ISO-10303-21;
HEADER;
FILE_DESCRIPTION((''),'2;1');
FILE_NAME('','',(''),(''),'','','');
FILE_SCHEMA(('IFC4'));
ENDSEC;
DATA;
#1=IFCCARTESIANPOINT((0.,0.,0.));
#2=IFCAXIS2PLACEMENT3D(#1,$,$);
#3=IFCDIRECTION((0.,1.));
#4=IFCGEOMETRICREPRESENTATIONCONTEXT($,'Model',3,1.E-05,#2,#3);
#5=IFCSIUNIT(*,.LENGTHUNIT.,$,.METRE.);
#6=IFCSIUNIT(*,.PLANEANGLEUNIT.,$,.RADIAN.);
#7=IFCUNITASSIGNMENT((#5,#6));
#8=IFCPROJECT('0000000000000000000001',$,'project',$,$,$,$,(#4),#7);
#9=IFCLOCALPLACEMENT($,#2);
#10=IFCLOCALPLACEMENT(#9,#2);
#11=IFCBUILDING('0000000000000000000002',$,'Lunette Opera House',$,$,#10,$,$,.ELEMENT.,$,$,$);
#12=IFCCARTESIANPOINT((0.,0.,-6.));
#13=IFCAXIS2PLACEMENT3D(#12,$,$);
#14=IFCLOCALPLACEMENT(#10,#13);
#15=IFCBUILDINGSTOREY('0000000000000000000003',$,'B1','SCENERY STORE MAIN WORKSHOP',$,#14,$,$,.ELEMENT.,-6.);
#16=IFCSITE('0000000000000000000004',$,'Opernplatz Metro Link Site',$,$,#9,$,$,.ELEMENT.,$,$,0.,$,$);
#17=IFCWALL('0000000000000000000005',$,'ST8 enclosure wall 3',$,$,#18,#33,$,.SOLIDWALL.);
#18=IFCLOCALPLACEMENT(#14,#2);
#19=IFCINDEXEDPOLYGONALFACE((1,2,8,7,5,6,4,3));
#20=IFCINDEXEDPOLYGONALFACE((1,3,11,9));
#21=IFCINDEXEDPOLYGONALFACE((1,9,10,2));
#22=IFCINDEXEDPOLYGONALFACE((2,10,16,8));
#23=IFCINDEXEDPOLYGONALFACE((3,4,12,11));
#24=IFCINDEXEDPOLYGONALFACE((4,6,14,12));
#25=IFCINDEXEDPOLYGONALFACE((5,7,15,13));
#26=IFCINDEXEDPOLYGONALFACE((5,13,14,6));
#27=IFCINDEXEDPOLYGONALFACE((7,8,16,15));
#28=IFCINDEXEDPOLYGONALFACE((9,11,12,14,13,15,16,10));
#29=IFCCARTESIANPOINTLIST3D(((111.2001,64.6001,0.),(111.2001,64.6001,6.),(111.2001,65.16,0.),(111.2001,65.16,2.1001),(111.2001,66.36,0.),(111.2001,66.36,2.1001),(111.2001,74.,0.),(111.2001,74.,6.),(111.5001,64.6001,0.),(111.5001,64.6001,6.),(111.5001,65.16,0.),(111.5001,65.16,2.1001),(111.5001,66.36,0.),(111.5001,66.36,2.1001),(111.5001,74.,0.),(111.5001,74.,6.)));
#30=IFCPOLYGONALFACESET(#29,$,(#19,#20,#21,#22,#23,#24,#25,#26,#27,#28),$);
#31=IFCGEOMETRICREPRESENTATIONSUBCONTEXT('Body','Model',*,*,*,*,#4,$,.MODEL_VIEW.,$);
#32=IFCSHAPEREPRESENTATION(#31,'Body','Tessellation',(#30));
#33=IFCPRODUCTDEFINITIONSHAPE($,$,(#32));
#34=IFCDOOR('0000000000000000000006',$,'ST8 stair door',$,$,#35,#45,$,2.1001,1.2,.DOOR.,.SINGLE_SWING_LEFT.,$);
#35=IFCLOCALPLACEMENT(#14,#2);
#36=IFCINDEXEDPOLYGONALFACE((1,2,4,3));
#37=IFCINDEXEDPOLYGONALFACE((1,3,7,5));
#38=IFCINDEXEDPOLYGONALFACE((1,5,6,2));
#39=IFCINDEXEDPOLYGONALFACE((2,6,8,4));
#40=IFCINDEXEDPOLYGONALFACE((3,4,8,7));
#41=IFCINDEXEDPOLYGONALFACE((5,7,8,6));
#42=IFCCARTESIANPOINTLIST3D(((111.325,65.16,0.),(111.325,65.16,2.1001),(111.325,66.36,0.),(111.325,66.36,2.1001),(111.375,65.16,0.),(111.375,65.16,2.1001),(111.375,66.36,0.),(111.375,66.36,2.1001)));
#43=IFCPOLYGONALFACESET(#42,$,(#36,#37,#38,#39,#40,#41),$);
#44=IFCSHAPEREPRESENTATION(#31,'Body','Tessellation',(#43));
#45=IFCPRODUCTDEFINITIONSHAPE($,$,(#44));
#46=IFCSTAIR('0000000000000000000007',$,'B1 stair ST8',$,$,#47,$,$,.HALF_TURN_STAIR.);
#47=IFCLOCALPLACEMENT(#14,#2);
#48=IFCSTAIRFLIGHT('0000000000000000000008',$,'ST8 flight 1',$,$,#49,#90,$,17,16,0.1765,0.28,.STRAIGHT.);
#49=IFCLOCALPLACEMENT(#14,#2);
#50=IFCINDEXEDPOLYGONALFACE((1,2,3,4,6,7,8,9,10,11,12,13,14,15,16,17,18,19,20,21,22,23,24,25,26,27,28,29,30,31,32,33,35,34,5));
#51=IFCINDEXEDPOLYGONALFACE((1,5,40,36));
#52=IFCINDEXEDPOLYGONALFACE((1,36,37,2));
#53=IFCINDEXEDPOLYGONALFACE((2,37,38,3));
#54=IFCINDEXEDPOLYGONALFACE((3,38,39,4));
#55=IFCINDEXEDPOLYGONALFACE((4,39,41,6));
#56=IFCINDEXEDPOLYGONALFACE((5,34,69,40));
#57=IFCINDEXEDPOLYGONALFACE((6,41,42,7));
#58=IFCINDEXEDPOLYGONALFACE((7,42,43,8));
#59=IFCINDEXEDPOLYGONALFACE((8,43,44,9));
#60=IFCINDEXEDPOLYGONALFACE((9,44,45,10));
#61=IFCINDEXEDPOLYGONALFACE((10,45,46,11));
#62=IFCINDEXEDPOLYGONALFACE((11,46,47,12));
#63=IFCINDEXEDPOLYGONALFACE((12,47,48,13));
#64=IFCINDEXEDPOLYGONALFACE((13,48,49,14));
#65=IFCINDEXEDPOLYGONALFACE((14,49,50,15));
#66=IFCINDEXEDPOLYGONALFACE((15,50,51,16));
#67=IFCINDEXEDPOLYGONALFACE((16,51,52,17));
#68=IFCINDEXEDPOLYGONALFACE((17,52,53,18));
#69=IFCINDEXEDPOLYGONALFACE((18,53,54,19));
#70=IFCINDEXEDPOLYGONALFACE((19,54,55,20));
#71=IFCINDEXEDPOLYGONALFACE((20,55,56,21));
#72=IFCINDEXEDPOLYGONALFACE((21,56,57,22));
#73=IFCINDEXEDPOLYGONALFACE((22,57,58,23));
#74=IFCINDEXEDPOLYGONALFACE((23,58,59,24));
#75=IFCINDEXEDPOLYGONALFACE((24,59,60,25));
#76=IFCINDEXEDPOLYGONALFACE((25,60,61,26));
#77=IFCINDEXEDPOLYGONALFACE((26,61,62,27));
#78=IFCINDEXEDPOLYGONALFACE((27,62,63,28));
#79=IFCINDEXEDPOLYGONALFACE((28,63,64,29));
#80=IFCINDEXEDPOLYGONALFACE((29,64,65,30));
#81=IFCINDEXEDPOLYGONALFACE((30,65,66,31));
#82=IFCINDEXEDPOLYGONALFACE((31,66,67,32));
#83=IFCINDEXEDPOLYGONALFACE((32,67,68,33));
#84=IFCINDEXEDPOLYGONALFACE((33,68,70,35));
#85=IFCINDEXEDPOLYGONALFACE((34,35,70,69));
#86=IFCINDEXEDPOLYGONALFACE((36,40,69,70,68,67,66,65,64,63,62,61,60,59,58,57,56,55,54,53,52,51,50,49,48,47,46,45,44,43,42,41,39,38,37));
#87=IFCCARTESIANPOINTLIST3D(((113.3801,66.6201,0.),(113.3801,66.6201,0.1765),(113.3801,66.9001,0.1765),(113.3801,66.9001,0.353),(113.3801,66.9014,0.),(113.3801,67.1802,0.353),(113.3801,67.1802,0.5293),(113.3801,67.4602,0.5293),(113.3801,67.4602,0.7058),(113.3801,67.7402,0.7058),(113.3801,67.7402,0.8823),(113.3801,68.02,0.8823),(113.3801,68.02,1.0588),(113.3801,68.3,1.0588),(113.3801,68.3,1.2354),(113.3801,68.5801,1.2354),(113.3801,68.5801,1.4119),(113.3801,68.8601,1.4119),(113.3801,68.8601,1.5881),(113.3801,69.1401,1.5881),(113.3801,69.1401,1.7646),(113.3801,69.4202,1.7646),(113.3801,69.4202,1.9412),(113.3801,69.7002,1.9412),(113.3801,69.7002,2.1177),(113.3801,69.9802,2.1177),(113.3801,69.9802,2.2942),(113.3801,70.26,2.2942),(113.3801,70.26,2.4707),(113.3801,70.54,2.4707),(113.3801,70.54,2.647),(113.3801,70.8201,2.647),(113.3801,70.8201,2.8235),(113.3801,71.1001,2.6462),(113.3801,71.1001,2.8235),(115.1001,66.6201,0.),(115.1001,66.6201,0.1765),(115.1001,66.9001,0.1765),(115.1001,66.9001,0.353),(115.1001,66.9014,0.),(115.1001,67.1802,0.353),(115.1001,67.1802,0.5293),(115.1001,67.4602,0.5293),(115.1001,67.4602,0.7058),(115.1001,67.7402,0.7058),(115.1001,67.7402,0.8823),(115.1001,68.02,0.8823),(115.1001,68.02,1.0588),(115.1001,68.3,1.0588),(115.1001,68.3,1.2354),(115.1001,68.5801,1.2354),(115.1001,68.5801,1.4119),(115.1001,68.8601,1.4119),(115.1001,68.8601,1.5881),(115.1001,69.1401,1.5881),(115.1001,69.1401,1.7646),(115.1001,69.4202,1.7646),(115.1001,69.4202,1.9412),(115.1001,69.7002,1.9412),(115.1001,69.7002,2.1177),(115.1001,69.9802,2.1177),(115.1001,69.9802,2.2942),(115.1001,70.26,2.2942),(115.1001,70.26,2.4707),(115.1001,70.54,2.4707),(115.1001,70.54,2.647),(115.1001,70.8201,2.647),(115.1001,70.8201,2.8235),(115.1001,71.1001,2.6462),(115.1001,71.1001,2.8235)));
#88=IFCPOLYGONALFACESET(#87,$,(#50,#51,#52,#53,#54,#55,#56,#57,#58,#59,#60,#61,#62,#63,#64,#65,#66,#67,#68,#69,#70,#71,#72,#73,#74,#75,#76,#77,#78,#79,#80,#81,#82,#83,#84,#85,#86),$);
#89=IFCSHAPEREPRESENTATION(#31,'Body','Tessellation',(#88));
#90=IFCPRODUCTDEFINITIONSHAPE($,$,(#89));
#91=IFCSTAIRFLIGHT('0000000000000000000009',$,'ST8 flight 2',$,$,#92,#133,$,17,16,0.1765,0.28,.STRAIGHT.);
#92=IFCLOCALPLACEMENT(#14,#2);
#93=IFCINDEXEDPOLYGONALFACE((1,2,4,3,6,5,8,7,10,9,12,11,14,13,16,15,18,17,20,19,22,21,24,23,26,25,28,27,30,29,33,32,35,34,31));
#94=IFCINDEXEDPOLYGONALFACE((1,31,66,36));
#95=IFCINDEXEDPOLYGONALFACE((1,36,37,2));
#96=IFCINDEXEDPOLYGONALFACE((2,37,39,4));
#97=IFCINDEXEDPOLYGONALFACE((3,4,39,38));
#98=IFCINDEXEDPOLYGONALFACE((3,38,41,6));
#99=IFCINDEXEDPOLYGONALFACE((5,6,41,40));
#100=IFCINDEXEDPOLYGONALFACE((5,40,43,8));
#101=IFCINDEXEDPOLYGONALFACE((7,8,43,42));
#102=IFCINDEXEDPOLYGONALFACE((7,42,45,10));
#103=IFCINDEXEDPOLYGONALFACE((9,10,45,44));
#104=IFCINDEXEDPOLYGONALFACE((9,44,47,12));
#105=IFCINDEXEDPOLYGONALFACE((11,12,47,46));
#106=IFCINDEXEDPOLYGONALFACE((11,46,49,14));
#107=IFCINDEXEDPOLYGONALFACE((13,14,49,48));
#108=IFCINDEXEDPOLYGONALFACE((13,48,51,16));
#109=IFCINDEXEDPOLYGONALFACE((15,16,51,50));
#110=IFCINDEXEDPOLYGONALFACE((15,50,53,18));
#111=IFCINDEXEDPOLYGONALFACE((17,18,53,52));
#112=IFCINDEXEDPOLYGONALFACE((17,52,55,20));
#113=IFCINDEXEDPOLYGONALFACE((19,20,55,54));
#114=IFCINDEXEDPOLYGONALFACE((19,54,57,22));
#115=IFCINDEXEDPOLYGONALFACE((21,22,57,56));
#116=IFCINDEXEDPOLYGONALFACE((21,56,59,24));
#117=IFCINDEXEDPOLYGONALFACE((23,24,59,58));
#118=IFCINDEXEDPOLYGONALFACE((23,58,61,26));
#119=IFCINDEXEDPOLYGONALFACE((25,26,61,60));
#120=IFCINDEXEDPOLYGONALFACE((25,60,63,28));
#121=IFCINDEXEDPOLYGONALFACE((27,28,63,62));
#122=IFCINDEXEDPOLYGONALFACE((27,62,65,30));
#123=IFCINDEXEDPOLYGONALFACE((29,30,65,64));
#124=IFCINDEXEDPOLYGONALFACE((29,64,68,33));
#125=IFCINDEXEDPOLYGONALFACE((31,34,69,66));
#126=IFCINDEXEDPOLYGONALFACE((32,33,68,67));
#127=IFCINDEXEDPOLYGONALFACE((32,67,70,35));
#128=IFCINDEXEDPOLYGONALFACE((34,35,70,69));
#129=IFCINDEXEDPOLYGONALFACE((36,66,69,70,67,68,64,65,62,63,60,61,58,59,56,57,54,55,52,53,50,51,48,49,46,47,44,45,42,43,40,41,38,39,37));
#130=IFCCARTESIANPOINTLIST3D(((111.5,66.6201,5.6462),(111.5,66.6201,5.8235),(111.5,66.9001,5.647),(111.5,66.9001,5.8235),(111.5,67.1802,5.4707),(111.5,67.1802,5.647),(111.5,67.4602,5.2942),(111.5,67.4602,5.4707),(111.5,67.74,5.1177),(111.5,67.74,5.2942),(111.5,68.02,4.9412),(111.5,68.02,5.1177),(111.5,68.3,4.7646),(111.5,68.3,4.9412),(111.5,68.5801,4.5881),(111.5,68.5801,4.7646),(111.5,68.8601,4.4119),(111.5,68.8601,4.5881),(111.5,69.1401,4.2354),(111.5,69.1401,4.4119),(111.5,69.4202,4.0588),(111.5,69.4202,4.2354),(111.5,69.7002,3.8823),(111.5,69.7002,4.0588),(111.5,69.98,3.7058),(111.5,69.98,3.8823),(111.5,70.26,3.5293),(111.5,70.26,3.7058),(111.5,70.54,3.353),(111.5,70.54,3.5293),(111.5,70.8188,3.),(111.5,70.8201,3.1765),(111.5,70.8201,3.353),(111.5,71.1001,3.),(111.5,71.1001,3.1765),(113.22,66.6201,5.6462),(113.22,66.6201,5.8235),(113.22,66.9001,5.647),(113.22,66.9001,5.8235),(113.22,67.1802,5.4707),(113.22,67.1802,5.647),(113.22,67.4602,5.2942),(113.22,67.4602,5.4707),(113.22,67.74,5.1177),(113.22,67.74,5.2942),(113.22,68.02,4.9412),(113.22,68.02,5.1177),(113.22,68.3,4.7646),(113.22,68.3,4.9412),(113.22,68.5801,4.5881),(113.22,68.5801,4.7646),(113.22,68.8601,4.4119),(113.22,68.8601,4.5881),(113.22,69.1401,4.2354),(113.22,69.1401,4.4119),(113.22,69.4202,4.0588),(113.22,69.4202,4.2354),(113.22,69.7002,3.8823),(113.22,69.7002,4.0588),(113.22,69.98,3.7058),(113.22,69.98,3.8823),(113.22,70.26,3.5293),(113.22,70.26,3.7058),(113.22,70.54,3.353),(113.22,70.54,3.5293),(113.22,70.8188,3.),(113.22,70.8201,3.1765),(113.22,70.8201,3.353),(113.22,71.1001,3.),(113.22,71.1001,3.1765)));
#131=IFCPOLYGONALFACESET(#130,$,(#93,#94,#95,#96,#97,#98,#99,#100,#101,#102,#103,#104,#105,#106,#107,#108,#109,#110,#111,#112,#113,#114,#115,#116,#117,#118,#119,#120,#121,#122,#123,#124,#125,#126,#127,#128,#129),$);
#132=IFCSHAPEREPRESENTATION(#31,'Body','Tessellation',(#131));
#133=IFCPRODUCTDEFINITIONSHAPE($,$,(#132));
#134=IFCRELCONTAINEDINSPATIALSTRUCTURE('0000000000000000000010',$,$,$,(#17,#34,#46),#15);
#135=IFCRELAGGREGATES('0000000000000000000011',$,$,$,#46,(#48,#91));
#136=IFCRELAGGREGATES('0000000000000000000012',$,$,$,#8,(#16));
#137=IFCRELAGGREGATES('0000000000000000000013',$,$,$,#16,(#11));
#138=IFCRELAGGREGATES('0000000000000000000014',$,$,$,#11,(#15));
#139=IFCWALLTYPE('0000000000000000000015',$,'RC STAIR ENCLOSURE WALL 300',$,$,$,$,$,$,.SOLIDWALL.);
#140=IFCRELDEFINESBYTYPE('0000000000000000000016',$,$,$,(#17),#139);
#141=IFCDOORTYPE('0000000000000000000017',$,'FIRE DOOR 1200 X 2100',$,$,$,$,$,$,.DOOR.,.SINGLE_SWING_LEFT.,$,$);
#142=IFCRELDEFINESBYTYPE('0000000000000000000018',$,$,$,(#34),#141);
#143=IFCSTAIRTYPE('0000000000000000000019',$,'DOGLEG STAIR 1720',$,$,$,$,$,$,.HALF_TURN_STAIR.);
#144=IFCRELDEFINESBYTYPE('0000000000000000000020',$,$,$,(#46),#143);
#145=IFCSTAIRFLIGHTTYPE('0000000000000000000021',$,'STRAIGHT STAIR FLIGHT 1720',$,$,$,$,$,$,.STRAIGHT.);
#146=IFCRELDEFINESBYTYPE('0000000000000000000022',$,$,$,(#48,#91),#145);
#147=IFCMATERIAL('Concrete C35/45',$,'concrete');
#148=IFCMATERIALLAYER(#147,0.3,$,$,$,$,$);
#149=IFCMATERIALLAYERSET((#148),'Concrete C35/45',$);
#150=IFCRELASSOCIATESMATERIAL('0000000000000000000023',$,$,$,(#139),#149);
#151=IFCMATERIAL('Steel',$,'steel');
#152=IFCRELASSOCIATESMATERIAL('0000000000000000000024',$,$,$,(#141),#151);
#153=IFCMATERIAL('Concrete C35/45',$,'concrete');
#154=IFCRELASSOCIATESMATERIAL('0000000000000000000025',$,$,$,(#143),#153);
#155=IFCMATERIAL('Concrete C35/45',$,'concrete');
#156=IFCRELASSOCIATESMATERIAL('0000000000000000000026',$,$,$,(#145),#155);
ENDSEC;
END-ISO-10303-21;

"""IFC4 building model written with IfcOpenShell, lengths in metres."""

from ifc_helpers import new_model, si_unit, direction, frame, frame_2d, origin, place, context, subcontext, project, spatial, polyline, rectangle, outline, extrude, material, layer, layer_set, type_object, element, fill, aggregate, save


model = new_model("IFC4")

# Units and contexts
model_context = context("Model", 3, precision=1e-05, world=origin(), true_north=direction((0.0, 1.0)))
body_context = subcontext(model_context, "Body", "Model", "MODEL_VIEW")
ifc_project = project(units=[si_unit("LENGTHUNIT", "METRE"), si_unit("PLANEANGLEUNIT", "RADIAN")], contexts=[model_context])

# Site, building, storey
site_placement = place(None, origin())
site = spatial("IfcSite", under=ifc_project, at=site_placement, Name="Opernplatz Metro Link Site", CompositionType="ELEMENT", RefElevation=0.0)
building_placement = place(site_placement, origin())
building = spatial("IfcBuilding", under=site, at=building_placement, Name="Lunette Opera House", CompositionType="ELEMENT")
storey_placement = place(building_placement, frame((0.0, 0.0, -6.0)))
storey = spatial("IfcBuildingStorey", under=building, at=storey_placement, Name="B1", Description="SCENERY STORE MAIN WORKSHOP", CompositionType="ELEMENT", Elevation=-6.0)

# Shared definitions
ifc_material_1 = material(Name="Concrete C35/45", Category="concrete")
ifc_layer_1 = layer(ifc_material_1, 0.3)
ifc_layer_set_1 = layer_set([ifc_layer_1], Name="Concrete C35/45")
wall_type_1 = type_object("IfcWallType", Name="RC STAIR ENCLOSURE WALL 300", PredefinedType="SOLIDWALL", material=ifc_layer_set_1)

# Wall, opening, door
wall_1_placement = place(storey_placement, frame((111.3501, 74.0, 0.0), z_axis=(0.0, 0.0, 1.0), x_axis=(0.0, -1.0, 0.0)))
wall_1 = element("IfcWall", 1, at=wall_1_placement, inside=storey, type_object=wall_type_1, Name="ST8 enclosure wall 3", PredefinedType="SOLIDWALL", context=body_context, shape_type="SweptSolid", body=[
    extrude(rectangle(XDim=9.3999, YDim=0.3, at=frame_2d((4.7, 0.0))), origin(), (0.0, 0.0, 1.0), 6.0),
])
opening_placement = place(wall_1_placement, frame((7.6399, 0.0, 0.0)))
opening = element("IfcOpeningElement", 2, at=opening_placement, cuts=wall_1, PredefinedType="OPENING", context=body_context, shape_type="SweptSolid", body=[
    extrude(rectangle(XDim=1.2, YDim=2.1001, at=frame_2d((0.6001, 1.05))), frame((0.0, 0.1621, 0.0), z_axis=(0.0, -1.0, 0.0), x_axis=(1.0, 0.0, 0.0)), (0.0, 0.0, 1.0), 0.324),
])
ifc_material_2 = material(Name="Steel", Category="steel")
door_type = type_object("IfcDoorType", Name="FIRE DOOR 1200 X 2100", OperationType="SINGLE_SWING_LEFT", PredefinedType="DOOR", material=ifc_material_2)
door_placement = place(opening_placement, origin())
door = element("IfcDoor", 3, at=door_placement, inside=storey, type_object=door_type, Name="ST8 stair door", OperationType="SINGLE_SWING_LEFT", OverallHeight=2.1001, OverallWidth=1.2, PredefinedType="DOOR", context=body_context, shape_type="SweptSolid", body=[
    extrude(rectangle(XDim=1.2, YDim=2.1001, at=frame_2d((0.6001, 1.05))), frame((0.0, 0.0249, 0.0), z_axis=(0.0, -1.0, 0.0), x_axis=(1.0, 0.0, 0.0)), (0.0, 0.0, 1.0), 0.05),
])
fill(opening, door)

# Stair, stair flights
ifc_material_3 = material(Name="Concrete C35/45", Category="concrete")
stair_type = type_object("IfcStairType", Name="DOGLEG STAIR 1720", PredefinedType="HALF_TURN_STAIR", material=ifc_material_3)
stair_placement = place(storey_placement, origin())
stair = element("IfcStair", 4, at=stair_placement, inside=storey, type_object=stair_type, Name="B1 stair ST8", PredefinedType="HALF_TURN_STAIR")
ifc_material_4 = material(Name="Concrete C35/45", Category="concrete")
stair_flight_type = type_object("IfcStairFlightType", Name="STRAIGHT STAIR FLIGHT 1720", PredefinedType="STRAIGHT", material=ifc_material_4)
stair_flight_1_placement = place(storey_placement, frame((114.24, 66.6201, 0.0), z_axis=(0.0, 0.0, 1.0), x_axis=(0.0, 1.0, 0.0)))
stair_flight_1 = element("IfcStairFlight", 5, at=stair_flight_1_placement, type_object=stair_flight_type, Name="ST8 flight 1", NumberOfRisers=17, NumberOfTreads=16, PredefinedType="STRAIGHT", RiserHeight=0.1765, TreadLength=0.28, context=body_context, shape_type="SweptSolid", body=[
    extrude(outline(polyline([(0.0, 0.0), (0.0, 0.1765), (0.28, 0.1765), (0.28, 0.353), (0.5601, 0.353), (0.5601, 0.5293), (0.8401, 0.5293), (0.8401, 0.7058), (1.1201, 0.7058), (1.1201, 0.8823), (1.3999, 0.8823), (1.3999, 1.0588), (1.6799, 1.0588), (1.6799, 1.2354), (1.96, 1.2354), (1.96, 1.4119), (2.24, 1.4119), (2.24, 1.5881), (2.52, 1.5881), (2.52, 1.7646), (2.8, 1.7646), (2.8, 1.9412), (3.0801, 1.9412), (3.0801, 2.1177), (3.3601, 2.1177), (3.3601, 2.2942), (3.6399, 2.2942), (3.6399, 2.4707), (3.9199, 2.4707), (3.9199, 2.647), (4.2, 2.647), (4.2, 2.8235), (4.48, 2.8235), (4.48, 3.0), (4.48, 2.6462), (0.2812, 0.0), (0.0, 0.0)])), frame((0.0, 0.8599, 0.0), z_axis=(0.0, -1.0, 0.0), x_axis=(1.0, 0.0, 0.0)), (0.0, 0.0, 1.0), 1.72),
])
stair_flight_2_placement = place(storey_placement, frame((112.3601, 71.1001, 3.0), z_axis=(0.0, 0.0, 1.0), x_axis=(0.0, -1.0, 0.0)))
stair_flight_2 = element("IfcStairFlight", 6, at=stair_flight_2_placement, type_object=stair_flight_type, Name="ST8 flight 2", NumberOfRisers=17, NumberOfTreads=16, PredefinedType="STRAIGHT", RiserHeight=0.1765, TreadLength=0.28, context=body_context, shape_type="SweptSolid", body=[
    extrude(outline(polyline([(0.0, 0.0), (0.0, 0.1765), (0.28, 0.1765), (0.28, 0.353), (0.5601, 0.353), (0.5601, 0.5293), (0.8401, 0.5293), (0.8401, 0.7058), (1.1201, 0.7058), (1.1201, 0.8823), (1.3999, 0.8823), (1.3999, 1.0588), (1.6799, 1.0588), (1.6799, 1.2354), (1.96, 1.2354), (1.96, 1.4119), (2.24, 1.4119), (2.24, 1.5881), (2.52, 1.5881), (2.52, 1.7646), (2.8, 1.7646), (2.8, 1.9412), (3.0801, 1.9412), (3.0801, 2.1177), (3.3601, 2.1177), (3.3601, 2.2942), (3.6399, 2.2942), (3.6399, 2.4707), (3.9199, 2.4707), (3.9199, 2.647), (4.2, 2.647), (4.2, 2.8235), (4.48, 2.8235), (4.48, 3.0), (4.48, 2.6462), (0.2812, 0.0), (0.0, 0.0)])), frame((0.0, 0.8599, 0.0), z_axis=(0.0, -1.0, 0.0), x_axis=(1.0, 0.0, 0.0)), (0.0, 0.0, 1.0), 1.72),
])
aggregate(stair, [stair_flight_1, stair_flight_2])

save(model, "model.ifc")
